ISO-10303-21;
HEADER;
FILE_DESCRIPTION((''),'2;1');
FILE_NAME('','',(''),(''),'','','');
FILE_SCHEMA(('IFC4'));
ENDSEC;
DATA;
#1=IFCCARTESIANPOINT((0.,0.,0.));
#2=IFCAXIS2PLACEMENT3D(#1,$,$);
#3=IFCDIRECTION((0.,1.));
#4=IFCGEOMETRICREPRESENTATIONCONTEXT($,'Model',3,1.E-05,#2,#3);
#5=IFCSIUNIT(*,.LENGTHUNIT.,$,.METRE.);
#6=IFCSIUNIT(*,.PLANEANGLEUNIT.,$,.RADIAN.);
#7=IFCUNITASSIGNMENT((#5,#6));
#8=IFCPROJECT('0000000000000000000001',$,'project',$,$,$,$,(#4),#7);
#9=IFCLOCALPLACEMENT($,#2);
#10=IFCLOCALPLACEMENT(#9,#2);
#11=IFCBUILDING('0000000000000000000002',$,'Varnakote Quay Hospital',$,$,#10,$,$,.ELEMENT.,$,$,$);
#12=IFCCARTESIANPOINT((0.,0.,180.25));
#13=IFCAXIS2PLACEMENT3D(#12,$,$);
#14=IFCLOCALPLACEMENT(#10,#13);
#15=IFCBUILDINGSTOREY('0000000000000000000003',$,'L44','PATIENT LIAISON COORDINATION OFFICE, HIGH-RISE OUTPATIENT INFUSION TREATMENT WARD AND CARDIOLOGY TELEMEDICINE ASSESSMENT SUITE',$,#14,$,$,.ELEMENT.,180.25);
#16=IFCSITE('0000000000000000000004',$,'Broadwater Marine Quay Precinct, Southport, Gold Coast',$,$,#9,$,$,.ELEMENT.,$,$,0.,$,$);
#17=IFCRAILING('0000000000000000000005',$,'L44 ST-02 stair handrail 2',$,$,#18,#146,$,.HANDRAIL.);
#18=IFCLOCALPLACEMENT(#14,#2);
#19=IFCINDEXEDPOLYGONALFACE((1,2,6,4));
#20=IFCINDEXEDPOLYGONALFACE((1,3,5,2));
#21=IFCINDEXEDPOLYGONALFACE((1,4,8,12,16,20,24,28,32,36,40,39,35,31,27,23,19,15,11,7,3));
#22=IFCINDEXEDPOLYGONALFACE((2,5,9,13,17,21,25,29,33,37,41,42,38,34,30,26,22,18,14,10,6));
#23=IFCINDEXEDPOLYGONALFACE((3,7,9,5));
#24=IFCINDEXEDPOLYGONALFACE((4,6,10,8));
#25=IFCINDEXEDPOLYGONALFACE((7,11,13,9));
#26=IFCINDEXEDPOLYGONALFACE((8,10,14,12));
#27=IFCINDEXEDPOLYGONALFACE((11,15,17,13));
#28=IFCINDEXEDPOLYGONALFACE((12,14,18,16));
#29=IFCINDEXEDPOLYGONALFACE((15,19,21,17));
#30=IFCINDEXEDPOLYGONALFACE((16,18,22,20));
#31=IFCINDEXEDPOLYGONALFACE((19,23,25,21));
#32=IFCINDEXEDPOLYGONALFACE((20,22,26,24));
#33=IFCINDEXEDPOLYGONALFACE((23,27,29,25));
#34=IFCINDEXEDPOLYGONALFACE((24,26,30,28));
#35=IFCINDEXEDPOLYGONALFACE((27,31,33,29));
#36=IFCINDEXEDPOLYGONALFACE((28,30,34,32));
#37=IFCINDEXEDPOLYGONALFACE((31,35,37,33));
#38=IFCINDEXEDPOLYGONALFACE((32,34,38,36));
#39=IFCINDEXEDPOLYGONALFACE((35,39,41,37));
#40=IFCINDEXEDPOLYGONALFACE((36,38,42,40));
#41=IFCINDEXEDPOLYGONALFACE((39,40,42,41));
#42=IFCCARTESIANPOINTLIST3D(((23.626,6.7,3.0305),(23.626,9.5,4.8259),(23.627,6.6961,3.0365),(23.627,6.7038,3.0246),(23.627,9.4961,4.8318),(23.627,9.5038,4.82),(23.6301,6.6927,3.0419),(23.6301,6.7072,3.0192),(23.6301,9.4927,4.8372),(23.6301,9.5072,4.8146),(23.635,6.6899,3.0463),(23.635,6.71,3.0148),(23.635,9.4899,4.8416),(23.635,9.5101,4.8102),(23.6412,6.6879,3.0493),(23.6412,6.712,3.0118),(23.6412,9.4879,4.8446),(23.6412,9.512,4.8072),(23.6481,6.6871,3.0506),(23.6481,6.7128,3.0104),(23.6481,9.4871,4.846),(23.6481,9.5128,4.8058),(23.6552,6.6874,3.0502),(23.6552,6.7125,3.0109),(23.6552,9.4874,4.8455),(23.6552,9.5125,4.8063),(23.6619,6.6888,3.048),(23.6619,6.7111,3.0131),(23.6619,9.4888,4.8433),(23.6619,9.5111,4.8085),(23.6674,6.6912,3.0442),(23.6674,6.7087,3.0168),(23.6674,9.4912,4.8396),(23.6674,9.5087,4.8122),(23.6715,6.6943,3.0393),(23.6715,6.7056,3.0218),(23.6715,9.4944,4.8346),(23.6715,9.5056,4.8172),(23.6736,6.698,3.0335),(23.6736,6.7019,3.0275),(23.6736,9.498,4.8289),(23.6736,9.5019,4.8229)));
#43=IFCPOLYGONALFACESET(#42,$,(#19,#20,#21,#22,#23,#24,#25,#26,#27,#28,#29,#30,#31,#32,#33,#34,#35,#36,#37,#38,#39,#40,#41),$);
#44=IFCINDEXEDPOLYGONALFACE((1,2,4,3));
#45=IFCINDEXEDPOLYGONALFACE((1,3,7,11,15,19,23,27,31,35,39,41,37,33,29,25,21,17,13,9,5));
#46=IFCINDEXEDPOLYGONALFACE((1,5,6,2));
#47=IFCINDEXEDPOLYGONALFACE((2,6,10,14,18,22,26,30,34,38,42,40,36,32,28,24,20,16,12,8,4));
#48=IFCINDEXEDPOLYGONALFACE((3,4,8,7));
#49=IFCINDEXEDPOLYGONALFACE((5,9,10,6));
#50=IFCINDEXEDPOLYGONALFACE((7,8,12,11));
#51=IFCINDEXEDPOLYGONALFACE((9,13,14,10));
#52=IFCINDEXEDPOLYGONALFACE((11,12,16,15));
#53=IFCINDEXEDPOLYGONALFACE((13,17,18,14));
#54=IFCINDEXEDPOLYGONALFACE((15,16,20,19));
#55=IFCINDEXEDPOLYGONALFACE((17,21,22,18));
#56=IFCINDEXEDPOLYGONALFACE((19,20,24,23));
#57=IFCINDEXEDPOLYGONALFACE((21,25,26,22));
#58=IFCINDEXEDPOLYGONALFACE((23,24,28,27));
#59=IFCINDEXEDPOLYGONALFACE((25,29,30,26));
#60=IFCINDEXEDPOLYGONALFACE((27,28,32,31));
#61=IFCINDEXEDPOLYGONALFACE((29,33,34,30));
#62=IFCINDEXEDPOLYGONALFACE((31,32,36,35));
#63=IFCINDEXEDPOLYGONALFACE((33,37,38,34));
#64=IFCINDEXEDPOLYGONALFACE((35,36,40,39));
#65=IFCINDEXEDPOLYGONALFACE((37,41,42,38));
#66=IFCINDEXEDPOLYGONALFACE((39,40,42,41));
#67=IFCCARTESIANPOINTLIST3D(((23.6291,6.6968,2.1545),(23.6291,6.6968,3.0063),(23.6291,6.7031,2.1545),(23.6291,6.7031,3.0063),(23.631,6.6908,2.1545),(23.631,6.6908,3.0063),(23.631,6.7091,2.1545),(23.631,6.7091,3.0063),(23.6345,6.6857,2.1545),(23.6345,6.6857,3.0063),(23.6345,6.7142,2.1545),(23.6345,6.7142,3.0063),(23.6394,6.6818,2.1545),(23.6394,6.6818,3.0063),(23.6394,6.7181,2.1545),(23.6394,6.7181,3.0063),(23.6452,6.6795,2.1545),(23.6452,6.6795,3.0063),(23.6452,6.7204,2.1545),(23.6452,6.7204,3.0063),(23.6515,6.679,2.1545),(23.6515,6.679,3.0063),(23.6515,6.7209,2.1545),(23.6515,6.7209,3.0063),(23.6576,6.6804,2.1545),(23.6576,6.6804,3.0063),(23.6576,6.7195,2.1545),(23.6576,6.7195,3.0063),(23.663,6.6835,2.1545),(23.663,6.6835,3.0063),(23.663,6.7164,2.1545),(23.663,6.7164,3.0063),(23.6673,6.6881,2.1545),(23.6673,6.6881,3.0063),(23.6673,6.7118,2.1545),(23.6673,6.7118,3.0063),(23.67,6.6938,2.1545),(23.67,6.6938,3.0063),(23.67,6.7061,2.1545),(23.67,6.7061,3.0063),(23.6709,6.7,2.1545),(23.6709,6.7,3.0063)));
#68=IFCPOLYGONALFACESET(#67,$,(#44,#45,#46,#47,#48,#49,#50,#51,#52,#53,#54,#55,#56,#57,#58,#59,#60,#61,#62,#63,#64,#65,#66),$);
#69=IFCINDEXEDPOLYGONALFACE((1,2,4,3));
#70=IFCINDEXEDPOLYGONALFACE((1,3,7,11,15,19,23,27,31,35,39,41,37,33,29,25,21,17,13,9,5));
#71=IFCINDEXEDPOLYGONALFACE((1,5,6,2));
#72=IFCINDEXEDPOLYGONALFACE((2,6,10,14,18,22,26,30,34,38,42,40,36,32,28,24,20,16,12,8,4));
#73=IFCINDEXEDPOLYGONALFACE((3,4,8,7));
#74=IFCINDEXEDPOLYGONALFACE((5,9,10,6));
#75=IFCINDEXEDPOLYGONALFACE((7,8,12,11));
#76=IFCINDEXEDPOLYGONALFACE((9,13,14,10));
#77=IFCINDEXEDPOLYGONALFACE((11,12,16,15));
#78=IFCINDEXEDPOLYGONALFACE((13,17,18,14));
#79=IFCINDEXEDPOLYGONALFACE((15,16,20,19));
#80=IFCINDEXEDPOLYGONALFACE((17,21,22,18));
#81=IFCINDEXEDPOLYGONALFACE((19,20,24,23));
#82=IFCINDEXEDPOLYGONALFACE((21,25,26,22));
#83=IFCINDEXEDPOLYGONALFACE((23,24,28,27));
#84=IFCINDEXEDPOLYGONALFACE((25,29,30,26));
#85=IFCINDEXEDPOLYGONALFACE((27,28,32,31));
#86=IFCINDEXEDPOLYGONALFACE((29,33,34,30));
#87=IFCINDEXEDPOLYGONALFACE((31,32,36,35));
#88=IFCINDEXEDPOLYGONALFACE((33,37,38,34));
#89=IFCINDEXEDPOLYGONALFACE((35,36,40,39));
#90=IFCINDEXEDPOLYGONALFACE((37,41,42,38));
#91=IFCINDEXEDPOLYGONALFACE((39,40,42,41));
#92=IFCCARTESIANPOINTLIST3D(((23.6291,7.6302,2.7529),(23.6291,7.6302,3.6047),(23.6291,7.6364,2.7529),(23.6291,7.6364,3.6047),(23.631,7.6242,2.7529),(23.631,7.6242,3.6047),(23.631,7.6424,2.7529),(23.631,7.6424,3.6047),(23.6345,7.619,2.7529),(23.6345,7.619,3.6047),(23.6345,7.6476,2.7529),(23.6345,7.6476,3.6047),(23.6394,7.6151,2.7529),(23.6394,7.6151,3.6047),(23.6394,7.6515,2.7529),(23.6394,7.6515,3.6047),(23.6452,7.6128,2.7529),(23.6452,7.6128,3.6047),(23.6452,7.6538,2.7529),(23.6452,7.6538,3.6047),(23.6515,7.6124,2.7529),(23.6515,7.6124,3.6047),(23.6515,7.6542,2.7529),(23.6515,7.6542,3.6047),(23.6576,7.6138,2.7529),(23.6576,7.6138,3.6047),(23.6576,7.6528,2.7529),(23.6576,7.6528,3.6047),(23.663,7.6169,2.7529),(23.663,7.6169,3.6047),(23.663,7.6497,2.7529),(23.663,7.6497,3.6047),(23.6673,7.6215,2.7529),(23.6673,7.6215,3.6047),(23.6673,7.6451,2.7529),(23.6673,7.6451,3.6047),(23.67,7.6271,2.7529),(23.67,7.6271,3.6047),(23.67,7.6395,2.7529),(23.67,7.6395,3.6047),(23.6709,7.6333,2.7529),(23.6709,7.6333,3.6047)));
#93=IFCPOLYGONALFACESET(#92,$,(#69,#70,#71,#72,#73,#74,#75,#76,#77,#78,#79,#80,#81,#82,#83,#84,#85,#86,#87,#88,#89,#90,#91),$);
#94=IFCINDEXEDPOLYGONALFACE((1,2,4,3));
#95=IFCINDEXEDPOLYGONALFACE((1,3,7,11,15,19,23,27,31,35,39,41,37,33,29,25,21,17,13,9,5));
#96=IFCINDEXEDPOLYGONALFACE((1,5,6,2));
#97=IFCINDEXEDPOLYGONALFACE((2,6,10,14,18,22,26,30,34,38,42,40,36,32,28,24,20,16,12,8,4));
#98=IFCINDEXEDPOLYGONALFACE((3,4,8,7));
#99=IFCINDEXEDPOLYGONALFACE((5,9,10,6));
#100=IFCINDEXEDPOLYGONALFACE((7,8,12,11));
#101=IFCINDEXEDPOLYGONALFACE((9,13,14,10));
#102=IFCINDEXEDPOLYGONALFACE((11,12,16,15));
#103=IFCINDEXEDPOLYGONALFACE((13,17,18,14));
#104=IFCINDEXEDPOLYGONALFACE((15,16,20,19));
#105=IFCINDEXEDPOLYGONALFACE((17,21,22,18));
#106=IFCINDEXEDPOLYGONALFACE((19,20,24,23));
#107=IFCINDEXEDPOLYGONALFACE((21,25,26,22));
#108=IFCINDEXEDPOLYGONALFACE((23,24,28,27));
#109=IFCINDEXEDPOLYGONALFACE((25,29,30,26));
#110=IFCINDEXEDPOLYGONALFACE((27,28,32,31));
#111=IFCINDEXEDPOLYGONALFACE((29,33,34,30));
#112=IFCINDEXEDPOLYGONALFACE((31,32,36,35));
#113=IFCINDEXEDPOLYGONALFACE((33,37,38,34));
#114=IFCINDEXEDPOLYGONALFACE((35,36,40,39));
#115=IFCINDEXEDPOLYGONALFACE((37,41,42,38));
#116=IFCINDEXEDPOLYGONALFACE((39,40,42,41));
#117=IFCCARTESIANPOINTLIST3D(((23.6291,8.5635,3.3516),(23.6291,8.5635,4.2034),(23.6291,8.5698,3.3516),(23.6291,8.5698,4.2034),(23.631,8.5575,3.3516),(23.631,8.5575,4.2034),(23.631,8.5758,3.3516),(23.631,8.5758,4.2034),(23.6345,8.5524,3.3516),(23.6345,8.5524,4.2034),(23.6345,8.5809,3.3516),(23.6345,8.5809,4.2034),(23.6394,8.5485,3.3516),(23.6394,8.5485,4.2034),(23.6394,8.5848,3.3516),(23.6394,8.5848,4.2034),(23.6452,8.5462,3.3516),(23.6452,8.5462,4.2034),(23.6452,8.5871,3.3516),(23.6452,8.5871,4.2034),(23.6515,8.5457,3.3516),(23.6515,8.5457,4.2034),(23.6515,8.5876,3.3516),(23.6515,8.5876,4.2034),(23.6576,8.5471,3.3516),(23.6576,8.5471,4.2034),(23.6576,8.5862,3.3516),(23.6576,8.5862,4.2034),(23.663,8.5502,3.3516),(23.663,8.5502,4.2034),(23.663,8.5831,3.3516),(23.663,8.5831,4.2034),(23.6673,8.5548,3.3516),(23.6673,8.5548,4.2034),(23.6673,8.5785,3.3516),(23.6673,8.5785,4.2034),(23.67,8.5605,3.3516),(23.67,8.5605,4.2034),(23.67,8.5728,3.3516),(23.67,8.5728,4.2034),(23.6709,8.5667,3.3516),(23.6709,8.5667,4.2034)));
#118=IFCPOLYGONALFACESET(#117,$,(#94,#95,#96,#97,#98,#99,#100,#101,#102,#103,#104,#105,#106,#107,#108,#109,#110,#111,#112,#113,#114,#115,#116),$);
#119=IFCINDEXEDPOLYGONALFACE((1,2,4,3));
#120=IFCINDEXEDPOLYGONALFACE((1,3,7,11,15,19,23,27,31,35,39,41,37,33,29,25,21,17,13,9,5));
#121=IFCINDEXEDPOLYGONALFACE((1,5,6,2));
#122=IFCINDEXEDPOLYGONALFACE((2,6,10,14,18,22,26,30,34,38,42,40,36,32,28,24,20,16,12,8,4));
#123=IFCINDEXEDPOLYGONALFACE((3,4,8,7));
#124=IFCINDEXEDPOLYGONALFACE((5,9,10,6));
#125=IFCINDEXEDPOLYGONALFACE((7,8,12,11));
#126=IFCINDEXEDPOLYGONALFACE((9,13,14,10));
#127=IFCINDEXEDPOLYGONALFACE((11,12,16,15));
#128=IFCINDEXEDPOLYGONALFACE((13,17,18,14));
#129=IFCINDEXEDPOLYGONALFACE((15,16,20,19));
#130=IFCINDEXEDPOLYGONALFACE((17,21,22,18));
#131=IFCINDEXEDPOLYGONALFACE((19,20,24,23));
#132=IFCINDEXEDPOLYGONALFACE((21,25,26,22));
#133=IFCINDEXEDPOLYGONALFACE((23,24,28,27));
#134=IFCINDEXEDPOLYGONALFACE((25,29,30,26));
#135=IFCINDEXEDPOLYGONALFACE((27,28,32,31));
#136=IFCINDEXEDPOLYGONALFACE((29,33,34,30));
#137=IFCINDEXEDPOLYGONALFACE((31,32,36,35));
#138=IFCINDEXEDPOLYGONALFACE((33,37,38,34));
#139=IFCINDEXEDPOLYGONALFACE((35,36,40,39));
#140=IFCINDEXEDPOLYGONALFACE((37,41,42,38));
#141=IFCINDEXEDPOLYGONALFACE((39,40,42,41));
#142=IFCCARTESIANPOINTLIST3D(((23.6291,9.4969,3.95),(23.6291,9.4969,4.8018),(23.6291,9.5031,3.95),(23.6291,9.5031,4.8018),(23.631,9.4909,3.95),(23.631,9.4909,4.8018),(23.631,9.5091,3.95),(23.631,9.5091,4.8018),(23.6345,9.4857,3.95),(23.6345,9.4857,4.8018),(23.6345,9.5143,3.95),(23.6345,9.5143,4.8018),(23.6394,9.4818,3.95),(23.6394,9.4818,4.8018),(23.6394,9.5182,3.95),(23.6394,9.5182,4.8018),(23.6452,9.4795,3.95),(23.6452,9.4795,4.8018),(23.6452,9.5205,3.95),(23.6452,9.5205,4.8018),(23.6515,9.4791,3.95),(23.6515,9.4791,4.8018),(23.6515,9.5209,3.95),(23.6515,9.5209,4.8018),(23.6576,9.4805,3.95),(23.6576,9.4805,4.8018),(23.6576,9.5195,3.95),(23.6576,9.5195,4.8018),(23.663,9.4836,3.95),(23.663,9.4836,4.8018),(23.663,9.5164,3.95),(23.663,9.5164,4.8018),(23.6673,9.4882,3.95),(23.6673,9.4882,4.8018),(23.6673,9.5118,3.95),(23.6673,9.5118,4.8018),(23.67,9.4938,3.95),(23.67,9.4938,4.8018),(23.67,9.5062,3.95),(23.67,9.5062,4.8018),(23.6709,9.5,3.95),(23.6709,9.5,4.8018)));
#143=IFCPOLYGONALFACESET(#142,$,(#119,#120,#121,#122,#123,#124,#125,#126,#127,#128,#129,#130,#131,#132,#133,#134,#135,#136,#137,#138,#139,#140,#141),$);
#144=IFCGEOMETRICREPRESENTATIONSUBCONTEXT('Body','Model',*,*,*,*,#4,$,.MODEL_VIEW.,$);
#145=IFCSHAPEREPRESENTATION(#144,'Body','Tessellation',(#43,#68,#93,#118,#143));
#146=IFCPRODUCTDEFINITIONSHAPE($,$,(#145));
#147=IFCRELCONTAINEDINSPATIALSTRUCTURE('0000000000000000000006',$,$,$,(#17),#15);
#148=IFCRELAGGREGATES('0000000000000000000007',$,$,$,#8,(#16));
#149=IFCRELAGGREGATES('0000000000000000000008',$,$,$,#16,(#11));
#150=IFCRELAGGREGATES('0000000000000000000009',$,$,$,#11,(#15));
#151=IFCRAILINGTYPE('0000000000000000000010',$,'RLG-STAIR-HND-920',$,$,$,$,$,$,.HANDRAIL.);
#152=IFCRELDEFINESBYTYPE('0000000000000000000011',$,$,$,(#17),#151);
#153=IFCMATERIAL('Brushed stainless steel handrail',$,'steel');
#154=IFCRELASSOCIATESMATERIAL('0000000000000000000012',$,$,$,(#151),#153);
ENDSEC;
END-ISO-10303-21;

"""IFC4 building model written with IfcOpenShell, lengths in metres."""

from ifc_helpers import new_model, si_unit, direction, frame, origin, origin_2d, place, context, subcontext, project, spatial, circle, extrude, material, type_object, element, save


model = new_model("IFC4")

# Units and contexts
model_context = context("Model", 3, precision=1e-05, world=origin(), true_north=direction((0.0, 1.0)))
body_context = subcontext(model_context, "Body", "Model", "MODEL_VIEW")
ifc_project = project(units=[si_unit("LENGTHUNIT", "METRE"), si_unit("PLANEANGLEUNIT", "RADIAN")], contexts=[model_context])

# Site, building, storey
site_placement = place(None, origin())
site = spatial("IfcSite", under=ifc_project, at=site_placement, Name="Broadwater Marine Quay Precinct, Southport, Gold Coast", CompositionType="ELEMENT", RefElevation=0.0)
building_placement = place(site_placement, origin())
building = spatial("IfcBuilding", under=site, at=building_placement, Name="Varnakote Quay Hospital", CompositionType="ELEMENT")
storey_placement = place(building_placement, frame((0.0, 0.0, 180.25)))
storey = spatial("IfcBuildingStorey", under=building, at=storey_placement, Name="L44", Description="PATIENT LIAISON COORDINATION OFFICE, HIGH-RISE OUTPATIENT INFUSION TREATMENT WARD AND CARDIOLOGY TELEMEDICINE ASSESSMENT SUITE", CompositionType="ELEMENT", Elevation=180.25)

# Railing
ifc_material_1 = material(Name="Brushed stainless steel handrail", Category="steel")
railing_type_1 = type_object("IfcRailingType", Name="RLG-STAIR-HND-920", PredefinedType="HANDRAIL", material=ifc_material_1)
railing_1_placement = place(storey_placement, frame((23.6499, 6.7, 2.1545)))
element("IfcRailing", 1, at=railing_1_placement, inside=storey, type_object=railing_type_1, Name="L44 ST-02 stair handrail 2", PredefinedType="HANDRAIL", context=body_context, shape_type="SweptSolid", body=[
    extrude(circle(Radius=0.0239, at=origin_2d()), frame((0.0, 0.0, 0.876), z_axis=(0.0, 0.84181, 0.539774), x_axis=(-1.0, 0.0, 0.0)), (0.0, 0.0, 1.0), 3.3262),
    extrude(circle(Radius=0.021, at=origin_2d()), origin(), (0.0, 0.0, 1.0), 0.8518),
    extrude(circle(Radius=0.021, at=origin_2d()), frame((0.0, 0.9333, 0.5984)), (0.0, 0.0, 1.0), 0.8518),
    extrude(circle(Radius=0.021, at=origin_2d()), frame((0.0, 1.8667, 1.197)), (0.0, 0.0, 1.0), 0.8518),
    extrude(circle(Radius=0.021, at=origin_2d()), frame((0.0, 2.8, 1.7954)), (0.0, 0.0, 1.0), 0.8518),
])

save(model, "model.ifc")
